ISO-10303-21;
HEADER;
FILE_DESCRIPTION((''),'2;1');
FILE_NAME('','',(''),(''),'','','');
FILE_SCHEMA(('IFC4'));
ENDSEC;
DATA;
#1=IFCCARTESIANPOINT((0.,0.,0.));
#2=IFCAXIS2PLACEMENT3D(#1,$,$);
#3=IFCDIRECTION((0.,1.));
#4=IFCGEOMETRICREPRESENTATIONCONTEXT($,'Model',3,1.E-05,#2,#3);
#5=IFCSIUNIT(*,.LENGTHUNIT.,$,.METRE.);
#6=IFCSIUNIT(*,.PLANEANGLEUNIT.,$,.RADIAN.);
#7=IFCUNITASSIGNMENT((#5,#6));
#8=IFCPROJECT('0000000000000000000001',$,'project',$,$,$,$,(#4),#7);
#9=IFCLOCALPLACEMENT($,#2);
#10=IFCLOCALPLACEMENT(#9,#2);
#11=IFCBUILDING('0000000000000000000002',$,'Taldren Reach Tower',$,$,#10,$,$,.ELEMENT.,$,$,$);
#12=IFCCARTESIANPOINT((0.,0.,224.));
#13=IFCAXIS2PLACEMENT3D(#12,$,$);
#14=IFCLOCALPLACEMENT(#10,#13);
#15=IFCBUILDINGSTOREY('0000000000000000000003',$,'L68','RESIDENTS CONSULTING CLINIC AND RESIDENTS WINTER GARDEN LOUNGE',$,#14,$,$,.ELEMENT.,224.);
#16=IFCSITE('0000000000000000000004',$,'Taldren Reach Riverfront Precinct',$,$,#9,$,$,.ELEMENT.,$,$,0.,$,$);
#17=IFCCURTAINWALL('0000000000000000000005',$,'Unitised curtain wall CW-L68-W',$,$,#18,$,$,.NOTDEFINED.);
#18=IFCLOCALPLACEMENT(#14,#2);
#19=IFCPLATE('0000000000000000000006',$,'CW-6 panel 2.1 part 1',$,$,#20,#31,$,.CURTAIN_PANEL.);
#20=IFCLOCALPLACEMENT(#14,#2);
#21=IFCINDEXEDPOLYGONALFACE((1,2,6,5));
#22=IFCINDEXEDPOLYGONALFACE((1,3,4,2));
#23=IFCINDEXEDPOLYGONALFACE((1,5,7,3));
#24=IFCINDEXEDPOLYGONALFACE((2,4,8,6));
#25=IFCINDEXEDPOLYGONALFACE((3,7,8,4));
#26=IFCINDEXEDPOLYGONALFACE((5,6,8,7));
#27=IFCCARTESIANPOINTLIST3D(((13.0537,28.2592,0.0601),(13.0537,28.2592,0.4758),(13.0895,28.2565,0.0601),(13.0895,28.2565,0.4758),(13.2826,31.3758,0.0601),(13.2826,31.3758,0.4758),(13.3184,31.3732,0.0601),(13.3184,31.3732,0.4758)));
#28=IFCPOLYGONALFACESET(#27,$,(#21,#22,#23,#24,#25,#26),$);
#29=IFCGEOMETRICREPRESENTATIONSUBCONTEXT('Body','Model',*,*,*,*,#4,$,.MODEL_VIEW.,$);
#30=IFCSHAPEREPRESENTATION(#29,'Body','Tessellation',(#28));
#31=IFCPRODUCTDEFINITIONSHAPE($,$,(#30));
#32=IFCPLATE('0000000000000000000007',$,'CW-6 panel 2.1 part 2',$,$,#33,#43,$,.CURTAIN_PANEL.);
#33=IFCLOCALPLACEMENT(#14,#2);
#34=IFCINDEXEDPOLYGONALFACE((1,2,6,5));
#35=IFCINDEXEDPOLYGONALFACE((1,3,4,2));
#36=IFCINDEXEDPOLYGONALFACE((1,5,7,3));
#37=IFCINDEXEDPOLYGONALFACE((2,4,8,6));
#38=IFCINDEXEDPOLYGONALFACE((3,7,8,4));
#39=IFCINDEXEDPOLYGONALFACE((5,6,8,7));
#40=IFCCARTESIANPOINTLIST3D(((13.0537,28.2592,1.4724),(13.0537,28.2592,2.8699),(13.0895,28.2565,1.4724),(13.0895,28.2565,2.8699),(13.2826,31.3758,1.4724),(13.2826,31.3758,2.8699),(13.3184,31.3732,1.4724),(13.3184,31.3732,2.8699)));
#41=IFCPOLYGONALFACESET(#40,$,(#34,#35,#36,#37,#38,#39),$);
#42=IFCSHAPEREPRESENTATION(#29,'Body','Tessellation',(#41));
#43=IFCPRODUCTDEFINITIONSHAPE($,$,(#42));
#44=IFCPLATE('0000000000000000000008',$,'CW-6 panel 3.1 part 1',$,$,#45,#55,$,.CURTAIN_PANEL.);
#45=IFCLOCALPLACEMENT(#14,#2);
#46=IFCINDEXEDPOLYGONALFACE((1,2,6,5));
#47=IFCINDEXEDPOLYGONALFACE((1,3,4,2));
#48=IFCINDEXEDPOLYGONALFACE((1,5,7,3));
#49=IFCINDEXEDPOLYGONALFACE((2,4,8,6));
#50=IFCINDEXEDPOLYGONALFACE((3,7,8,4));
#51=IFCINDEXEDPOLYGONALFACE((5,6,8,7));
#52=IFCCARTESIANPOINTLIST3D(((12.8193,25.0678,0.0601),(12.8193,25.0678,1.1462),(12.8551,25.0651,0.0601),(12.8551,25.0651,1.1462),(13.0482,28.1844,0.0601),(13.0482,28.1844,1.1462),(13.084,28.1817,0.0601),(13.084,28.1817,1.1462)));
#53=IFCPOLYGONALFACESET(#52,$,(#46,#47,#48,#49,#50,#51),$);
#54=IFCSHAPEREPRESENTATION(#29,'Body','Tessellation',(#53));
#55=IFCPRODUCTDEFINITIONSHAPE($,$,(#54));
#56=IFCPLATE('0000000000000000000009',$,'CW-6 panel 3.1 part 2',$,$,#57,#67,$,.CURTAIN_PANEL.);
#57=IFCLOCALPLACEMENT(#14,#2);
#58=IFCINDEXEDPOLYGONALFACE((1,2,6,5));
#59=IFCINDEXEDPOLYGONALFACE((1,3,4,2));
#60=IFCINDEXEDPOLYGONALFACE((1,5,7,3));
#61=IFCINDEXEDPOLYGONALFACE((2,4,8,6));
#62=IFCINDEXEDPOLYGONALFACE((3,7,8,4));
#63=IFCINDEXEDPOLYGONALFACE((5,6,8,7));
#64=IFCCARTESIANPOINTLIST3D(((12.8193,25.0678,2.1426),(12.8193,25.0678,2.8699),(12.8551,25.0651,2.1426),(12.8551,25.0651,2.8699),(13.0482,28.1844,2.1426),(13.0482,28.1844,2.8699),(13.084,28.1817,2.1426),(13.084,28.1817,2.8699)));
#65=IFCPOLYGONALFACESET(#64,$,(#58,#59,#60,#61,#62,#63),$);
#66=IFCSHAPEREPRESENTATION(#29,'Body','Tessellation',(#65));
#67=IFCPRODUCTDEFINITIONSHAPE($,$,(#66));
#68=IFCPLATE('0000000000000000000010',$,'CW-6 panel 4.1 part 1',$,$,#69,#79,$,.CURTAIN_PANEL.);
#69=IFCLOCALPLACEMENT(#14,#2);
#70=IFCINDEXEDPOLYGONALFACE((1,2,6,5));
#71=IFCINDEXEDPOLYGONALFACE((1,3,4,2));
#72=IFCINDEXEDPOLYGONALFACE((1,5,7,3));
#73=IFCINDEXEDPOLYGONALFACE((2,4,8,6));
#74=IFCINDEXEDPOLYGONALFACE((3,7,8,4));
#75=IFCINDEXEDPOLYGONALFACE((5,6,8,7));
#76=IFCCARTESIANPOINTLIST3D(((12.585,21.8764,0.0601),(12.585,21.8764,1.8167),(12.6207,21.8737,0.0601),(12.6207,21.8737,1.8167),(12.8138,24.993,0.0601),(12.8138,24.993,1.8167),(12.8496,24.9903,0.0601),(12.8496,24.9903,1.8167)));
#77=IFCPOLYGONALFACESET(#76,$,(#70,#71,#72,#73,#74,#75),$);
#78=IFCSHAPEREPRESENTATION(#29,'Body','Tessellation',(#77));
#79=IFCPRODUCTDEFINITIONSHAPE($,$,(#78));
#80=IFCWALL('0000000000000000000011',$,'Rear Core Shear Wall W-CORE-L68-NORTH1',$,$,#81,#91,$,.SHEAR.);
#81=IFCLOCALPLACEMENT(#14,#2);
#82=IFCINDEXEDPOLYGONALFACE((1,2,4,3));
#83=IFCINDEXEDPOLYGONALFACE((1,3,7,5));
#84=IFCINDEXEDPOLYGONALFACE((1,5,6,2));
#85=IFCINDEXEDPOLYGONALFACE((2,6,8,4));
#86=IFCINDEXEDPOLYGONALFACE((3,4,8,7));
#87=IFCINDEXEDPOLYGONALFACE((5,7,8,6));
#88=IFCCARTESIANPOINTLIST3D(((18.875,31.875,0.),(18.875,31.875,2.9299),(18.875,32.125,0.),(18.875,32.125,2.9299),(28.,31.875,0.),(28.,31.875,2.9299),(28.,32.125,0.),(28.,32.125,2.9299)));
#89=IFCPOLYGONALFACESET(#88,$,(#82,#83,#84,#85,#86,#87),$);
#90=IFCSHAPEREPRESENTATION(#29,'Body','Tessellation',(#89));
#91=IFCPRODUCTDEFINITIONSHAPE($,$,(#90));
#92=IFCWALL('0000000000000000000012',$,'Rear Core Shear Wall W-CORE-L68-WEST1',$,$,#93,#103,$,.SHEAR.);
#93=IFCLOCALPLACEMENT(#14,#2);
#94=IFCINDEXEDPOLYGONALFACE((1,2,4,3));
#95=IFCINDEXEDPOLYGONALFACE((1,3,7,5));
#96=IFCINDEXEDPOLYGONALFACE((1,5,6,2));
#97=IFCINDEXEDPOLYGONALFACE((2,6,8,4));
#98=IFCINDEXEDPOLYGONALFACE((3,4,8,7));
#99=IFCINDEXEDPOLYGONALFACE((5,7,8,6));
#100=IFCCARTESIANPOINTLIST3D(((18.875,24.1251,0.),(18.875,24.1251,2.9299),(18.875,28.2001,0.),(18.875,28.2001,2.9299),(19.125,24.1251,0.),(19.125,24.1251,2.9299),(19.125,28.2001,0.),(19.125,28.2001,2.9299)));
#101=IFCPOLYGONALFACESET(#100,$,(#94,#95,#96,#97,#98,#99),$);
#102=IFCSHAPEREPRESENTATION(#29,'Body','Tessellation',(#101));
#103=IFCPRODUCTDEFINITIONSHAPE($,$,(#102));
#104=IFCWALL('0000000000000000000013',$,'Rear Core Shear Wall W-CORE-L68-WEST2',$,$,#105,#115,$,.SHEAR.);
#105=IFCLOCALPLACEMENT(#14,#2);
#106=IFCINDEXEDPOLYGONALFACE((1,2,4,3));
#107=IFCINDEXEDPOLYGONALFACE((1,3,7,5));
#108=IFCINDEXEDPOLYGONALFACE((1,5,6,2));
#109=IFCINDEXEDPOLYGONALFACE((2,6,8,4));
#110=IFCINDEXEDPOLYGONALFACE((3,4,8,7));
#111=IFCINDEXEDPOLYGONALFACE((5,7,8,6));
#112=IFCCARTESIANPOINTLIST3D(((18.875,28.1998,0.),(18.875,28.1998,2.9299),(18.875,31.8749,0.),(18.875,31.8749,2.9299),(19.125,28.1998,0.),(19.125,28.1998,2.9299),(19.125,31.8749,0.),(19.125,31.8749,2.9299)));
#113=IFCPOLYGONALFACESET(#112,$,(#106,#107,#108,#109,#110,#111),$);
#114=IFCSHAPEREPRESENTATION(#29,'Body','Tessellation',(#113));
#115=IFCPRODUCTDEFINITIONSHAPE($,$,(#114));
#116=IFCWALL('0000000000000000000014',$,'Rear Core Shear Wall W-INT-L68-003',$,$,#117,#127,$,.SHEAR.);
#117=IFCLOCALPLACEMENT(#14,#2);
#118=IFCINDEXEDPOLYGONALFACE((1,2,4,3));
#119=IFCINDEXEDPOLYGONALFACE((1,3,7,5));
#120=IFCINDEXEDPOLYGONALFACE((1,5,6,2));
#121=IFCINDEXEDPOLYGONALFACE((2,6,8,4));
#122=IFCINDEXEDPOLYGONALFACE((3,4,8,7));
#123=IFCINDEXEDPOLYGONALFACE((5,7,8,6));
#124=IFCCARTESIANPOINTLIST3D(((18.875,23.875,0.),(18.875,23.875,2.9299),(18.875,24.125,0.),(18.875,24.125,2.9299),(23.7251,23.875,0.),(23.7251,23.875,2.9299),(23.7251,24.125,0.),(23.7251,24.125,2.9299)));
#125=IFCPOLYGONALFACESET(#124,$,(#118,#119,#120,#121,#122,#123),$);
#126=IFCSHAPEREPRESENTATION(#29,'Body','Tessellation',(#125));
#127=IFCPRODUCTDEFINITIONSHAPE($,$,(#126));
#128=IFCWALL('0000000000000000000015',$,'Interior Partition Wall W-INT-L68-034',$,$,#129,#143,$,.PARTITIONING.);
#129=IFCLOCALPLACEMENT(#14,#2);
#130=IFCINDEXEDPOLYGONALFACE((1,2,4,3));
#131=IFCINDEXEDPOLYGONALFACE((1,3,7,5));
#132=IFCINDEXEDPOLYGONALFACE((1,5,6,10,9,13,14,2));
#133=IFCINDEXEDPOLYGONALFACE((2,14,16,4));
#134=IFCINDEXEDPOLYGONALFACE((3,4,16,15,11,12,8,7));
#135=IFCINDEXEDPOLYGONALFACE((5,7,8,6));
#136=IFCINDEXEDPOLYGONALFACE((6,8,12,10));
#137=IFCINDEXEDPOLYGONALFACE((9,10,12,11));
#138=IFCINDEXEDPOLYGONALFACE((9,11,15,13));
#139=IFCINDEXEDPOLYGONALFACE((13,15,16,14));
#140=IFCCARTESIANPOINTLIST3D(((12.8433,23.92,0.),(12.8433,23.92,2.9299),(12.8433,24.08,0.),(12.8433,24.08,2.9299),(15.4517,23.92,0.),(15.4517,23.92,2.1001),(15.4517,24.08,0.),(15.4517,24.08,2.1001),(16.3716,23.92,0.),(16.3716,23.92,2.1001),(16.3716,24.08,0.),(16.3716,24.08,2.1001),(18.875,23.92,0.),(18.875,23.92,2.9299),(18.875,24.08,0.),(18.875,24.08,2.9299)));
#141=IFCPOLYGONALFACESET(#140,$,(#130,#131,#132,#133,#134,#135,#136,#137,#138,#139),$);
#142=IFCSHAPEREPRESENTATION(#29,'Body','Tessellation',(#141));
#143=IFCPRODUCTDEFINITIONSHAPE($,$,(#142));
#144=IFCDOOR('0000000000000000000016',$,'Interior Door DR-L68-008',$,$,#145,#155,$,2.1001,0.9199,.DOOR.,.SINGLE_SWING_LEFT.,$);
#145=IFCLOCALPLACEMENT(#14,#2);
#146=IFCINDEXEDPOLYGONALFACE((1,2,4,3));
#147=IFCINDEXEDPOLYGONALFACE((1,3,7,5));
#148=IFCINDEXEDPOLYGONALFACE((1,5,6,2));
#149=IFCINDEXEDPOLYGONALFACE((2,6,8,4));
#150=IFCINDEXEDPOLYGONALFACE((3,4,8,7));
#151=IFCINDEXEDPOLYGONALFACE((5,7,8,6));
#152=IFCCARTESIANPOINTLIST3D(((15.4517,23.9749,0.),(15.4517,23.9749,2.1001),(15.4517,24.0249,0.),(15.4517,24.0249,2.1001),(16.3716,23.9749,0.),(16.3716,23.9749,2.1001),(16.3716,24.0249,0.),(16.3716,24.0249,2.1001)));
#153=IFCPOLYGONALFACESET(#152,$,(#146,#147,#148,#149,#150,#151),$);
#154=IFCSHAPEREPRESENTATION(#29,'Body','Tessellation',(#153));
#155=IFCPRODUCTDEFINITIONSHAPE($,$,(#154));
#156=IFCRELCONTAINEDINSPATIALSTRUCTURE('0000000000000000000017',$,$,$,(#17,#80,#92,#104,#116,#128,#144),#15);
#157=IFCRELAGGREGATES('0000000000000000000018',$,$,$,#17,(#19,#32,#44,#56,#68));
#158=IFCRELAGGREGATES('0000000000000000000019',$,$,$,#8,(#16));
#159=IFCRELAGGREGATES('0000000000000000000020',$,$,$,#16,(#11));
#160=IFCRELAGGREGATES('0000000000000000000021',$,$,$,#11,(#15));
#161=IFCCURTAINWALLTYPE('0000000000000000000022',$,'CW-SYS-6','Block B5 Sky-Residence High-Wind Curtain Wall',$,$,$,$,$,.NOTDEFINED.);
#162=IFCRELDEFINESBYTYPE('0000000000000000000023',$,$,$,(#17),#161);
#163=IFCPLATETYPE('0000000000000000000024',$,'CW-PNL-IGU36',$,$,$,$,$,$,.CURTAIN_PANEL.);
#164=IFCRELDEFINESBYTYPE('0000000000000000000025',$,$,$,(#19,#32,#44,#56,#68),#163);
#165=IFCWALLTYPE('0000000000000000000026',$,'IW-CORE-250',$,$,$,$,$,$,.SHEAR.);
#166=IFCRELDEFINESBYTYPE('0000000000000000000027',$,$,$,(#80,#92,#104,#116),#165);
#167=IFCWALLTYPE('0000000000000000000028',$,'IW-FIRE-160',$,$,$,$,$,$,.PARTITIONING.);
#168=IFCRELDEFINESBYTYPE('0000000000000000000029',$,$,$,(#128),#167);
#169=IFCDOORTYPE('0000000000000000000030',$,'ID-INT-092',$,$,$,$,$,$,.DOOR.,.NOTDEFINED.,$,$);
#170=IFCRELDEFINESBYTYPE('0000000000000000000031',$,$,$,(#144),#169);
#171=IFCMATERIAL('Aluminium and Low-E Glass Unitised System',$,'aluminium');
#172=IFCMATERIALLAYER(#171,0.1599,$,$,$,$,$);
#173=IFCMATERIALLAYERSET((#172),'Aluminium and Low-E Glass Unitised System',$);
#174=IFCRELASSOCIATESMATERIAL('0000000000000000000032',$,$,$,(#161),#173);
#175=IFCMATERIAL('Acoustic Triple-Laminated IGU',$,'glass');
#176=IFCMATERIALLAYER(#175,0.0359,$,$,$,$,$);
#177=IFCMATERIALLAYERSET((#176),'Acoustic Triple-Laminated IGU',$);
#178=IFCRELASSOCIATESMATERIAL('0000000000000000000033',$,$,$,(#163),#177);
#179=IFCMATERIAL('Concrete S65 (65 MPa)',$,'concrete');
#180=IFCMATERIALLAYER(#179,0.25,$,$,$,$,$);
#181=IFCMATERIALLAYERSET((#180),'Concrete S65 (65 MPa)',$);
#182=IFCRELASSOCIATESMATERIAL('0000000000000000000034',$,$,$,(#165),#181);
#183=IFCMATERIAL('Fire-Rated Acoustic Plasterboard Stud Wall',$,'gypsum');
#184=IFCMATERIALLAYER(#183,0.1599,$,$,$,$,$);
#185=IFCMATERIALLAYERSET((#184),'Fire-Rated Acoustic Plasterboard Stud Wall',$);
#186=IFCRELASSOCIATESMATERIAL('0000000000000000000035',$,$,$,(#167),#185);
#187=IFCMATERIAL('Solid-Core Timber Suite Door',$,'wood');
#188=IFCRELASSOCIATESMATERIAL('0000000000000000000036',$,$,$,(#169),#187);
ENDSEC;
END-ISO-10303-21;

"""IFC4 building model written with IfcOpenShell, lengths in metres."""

from ifc_helpers import new_model, si_unit, direction, frame, frame_2d, origin, origin_2d, place, context, subcontext, project, spatial, rectangle, extrude, source, transform, mapped, material, layer, layer_set, type_object, element, fill, aggregate, save


model = new_model("IFC4")

# Units and contexts
model_context = context("Model", 3, precision=1e-05, world=origin(), true_north=direction((0.0, 1.0)))
body_context = subcontext(model_context, "Body", "Model", "MODEL_VIEW")
ifc_project = project(units=[si_unit("LENGTHUNIT", "METRE"), si_unit("PLANEANGLEUNIT", "RADIAN")], contexts=[model_context])

# Site, building, storey
site_placement = place(None, origin())
site = spatial("IfcSite", under=ifc_project, at=site_placement, Name="Taldren Reach Riverfront Precinct", CompositionType="ELEMENT", RefElevation=0.0)
building_placement = place(site_placement, origin())
building = spatial("IfcBuilding", under=site, at=building_placement, Name="Taldren Reach Tower", CompositionType="ELEMENT")
storey_placement = place(building_placement, frame((0.0, 0.0, 224.0)))
storey = spatial("IfcBuildingStorey", under=building, at=storey_placement, Name="L68", Description="RESIDENTS CONSULTING CLINIC AND RESIDENTS WINTER GARDEN LOUNGE", CompositionType="ELEMENT", Elevation=224.0)

# Curtain wall
ifc_material_1 = material(Name="Aluminium and Low-E Glass Unitised System", Category="aluminium")
ifc_layer_1 = layer(ifc_material_1, 0.1599)
ifc_layer_set_1 = layer_set([ifc_layer_1], Name="Aluminium and Low-E Glass Unitised System")
curtain_wall_type = type_object("IfcCurtainWallType", Name="CW-SYS-6", Description="Block B5 Sky-Residence High-Wind Curtain Wall", PredefinedType="NOTDEFINED", material=ifc_layer_set_1)
curtain_wall_placement = place(storey_placement, origin())
curtain_wall = element("IfcCurtainWall", 1, at=curtain_wall_placement, inside=storey, type_object=curtain_wall_type, Name="Unitised curtain wall CW-L68-W", PredefinedType="NOTDEFINED")

# Plates
ifc_material_2 = material(Name="Acoustic Triple-Laminated IGU", Category="glass")
ifc_layer_2 = layer(ifc_material_2, 0.0359)
ifc_layer_set_2 = layer_set([ifc_layer_2], Name="Acoustic Triple-Laminated IGU")
plate_type_1 = type_object("IfcPlateType", Name="CW-PNL-IGU36", PredefinedType="CURTAIN_PANEL", material=ifc_layer_set_2)
shared_shape_1 = source(origin(), body_context, "Body", "SweptSolid", [
    extrude(rectangle(XDim=3.125, YDim=0.0359, at=origin_2d()), origin(), (0.0, 0.0, 1.0), 0.4158),
])
plate_1_placement = place(storey_placement, frame((13.186, 29.8162, 0.0601), z_axis=(0.0, 0.0, 1.0), x_axis=(-0.073238, -0.997314, 0.0)))
plate_1 = element("IfcPlate", 2, at=plate_1_placement, type_object=plate_type_1, Name="CW-6 panel 2.1 part 1", PredefinedType="CURTAIN_PANEL", context=body_context, shape_type="MappedRepresentation", body=[
    mapped(shared_shape_1, transform((0.0, 0.0, 0.0), scale=1.0)),
])
shared_shape_2 = source(origin(), body_context, "Body", "SweptSolid", [
    extrude(rectangle(XDim=3.125, YDim=0.0359, at=origin_2d()), origin(), (0.0, 0.0, 1.0), 1.3975),
])
plate_2_placement = place(storey_placement, frame((13.186, 29.8162, 1.4724), z_axis=(0.0, 0.0, 1.0), x_axis=(-0.073238, -0.997314, 0.0)))
plate_2 = element("IfcPlate", 3, at=plate_2_placement, type_object=plate_type_1, Name="CW-6 panel 2.1 part 2", PredefinedType="CURTAIN_PANEL", context=body_context, shape_type="MappedRepresentation", body=[
    mapped(shared_shape_2, transform((0.0, 0.0, 0.0), scale=1.0)),
])
shared_shape_3 = source(origin(), body_context, "Body", "SweptSolid", [
    extrude(rectangle(XDim=3.125, YDim=0.0359, at=origin_2d()), origin(), (0.0, 0.0, 1.0), 1.0862),
])
plate_3_placement = place(storey_placement, frame((12.9517, 26.6248, 0.0601), z_axis=(0.0, 0.0, 1.0), x_axis=(-0.073238, -0.997314, 0.0)))
plate_3 = element("IfcPlate", 4, at=plate_3_placement, type_object=plate_type_1, Name="CW-6 panel 3.1 part 1", PredefinedType="CURTAIN_PANEL", context=body_context, shape_type="MappedRepresentation", body=[
    mapped(shared_shape_3, transform((0.0, 0.0, 0.0), scale=1.0)),
])
shared_shape_4 = source(origin(), body_context, "Body", "SweptSolid", [
    extrude(rectangle(XDim=3.125, YDim=0.0359, at=origin_2d()), origin(), (0.0, 0.0, 1.0), 0.7273),
])
plate_4_placement = place(storey_placement, frame((12.9517, 26.6248, 2.1426), z_axis=(0.0, 0.0, 1.0), x_axis=(-0.073238, -0.997314, 0.0)))
plate_4 = element("IfcPlate", 5, at=plate_4_placement, type_object=plate_type_1, Name="CW-6 panel 3.1 part 2", PredefinedType="CURTAIN_PANEL", context=body_context, shape_type="MappedRepresentation", body=[
    mapped(shared_shape_4, transform((0.0, 0.0, 0.0), scale=1.0)),
])
shared_shape_5 = source(origin(), body_context, "Body", "SweptSolid", [
    extrude(rectangle(XDim=3.125, YDim=0.0359, at=origin_2d()), origin(), (0.0, 0.0, 1.0), 1.7566),
])
plate_5_placement = place(storey_placement, frame((12.7173, 23.4333, 0.0601), z_axis=(0.0, 0.0, 1.0), x_axis=(-0.073238, -0.997314, 0.0)))
plate_5 = element("IfcPlate", 6, at=plate_5_placement, type_object=plate_type_1, Name="CW-6 panel 4.1 part 1", PredefinedType="CURTAIN_PANEL", context=body_context, shape_type="MappedRepresentation", body=[
    mapped(shared_shape_5, transform((0.0, 0.0, 0.0), scale=1.0)),
])
aggregate(curtain_wall, [plate_1, plate_2, plate_3, plate_4, plate_5])

# Walls
ifc_material_3 = material(Name="Concrete S65 (65 MPa)", Category="concrete")
ifc_layer_3 = layer(ifc_material_3, 0.25)
ifc_layer_set_3 = layer_set([ifc_layer_3], Name="Concrete S65 (65 MPa)")
wall_type_1 = type_object("IfcWallType", Name="IW-CORE-250", PredefinedType="SHEAR", material=ifc_layer_set_3)
shared_shape_6 = source(origin(), body_context, "Body", "SweptSolid", [
    extrude(rectangle(XDim=9.125, YDim=0.25, at=frame_2d((4.5625, 0.0))), origin(), (0.0, 0.0, 1.0), 2.9299),
])
wall_1_placement = place(storey_placement, frame((18.875, 32.0, 0.0), z_axis=(0.0, 0.0, 1.0), x_axis=(1.0, 0.0, 0.0)))
element("IfcWall", 7, at=wall_1_placement, inside=storey, type_object=wall_type_1, Name="Rear Core Shear Wall W-CORE-L68-NORTH1", PredefinedType="SHEAR", context=body_context, shape_type="MappedRepresentation", body=[
    mapped(shared_shape_6, transform((0.0, 0.0, 0.0), scale=1.0)),
])
shared_shape_7 = source(origin(), body_context, "Body", "SweptSolid", [
    extrude(rectangle(XDim=4.075, YDim=0.25, at=frame_2d((2.0376, 0.0))), origin(), (0.0, 0.0, 1.0), 2.9299),
])
wall_2_placement = place(storey_placement, frame((19.0, 24.125, 0.0), z_axis=(0.0, 0.0, 1.0), x_axis=(0.0, 1.0, 0.0)))
element("IfcWall", 8, at=wall_2_placement, inside=storey, type_object=wall_type_1, Name="Rear Core Shear Wall W-CORE-L68-WEST1", PredefinedType="SHEAR", context=body_context, shape_type="MappedRepresentation", body=[
    mapped(shared_shape_7, transform((0.0, 0.0, 0.0), scale=1.0)),
])
shared_shape_8 = source(origin(), body_context, "Body", "SweptSolid", [
    extrude(rectangle(XDim=3.675, YDim=0.25, at=frame_2d((1.8374, 0.0))), origin(), (0.0, 0.0, 1.0), 2.9299),
])
wall_3_placement = place(storey_placement, frame((19.0, 28.2, 0.0), z_axis=(0.0, 0.0, 1.0), x_axis=(0.0, 1.0, 0.0)))
element("IfcWall", 9, at=wall_3_placement, inside=storey, type_object=wall_type_1, Name="Rear Core Shear Wall W-CORE-L68-WEST2", PredefinedType="SHEAR", context=body_context, shape_type="MappedRepresentation", body=[
    mapped(shared_shape_8, transform((0.0, 0.0, 0.0), scale=1.0)),
])
shared_shape_9 = source(origin(), body_context, "Body", "SweptSolid", [
    extrude(rectangle(XDim=4.8501, YDim=0.25, at=frame_2d((2.425, 0.0))), origin(), (0.0, 0.0, 1.0), 2.9299),
])
wall_4_placement = place(storey_placement, frame((18.875, 24.0, 0.0), z_axis=(0.0, 0.0, 1.0), x_axis=(1.0, 0.0, 0.0)))
element("IfcWall", 10, at=wall_4_placement, inside=storey, type_object=wall_type_1, Name="Rear Core Shear Wall W-INT-L68-003", PredefinedType="SHEAR", context=body_context, shape_type="MappedRepresentation", body=[
    mapped(shared_shape_9, transform((0.0, 0.0, 0.0), scale=1.0)),
])

# Wall, opening, door
ifc_material_4 = material(Name="Fire-Rated Acoustic Plasterboard Stud Wall", Category="gypsum")
ifc_layer_4 = layer(ifc_material_4, 0.1599)
ifc_layer_set_4 = layer_set([ifc_layer_4], Name="Fire-Rated Acoustic Plasterboard Stud Wall")
wall_type_2 = type_object("IfcWallType", Name="IW-FIRE-160", PredefinedType="PARTITIONING", material=ifc_layer_set_4)
shared_shape_10 = source(origin(), body_context, "Body", "SweptSolid", [
    extrude(rectangle(XDim=6.0317, YDim=0.1599, at=frame_2d((3.0159, 0.0))), origin(), (0.0, 0.0, 1.0), 2.9299),
])
wall_5_placement = place(storey_placement, frame((12.8433, 24.0, 0.0), z_axis=(0.0, 0.0, 1.0), x_axis=(1.0, 0.0, 0.0)))
wall_5 = element("IfcWall", 11, at=wall_5_placement, inside=storey, type_object=wall_type_2, Name="Interior Partition Wall W-INT-L68-034", PredefinedType="PARTITIONING", context=body_context, shape_type="MappedRepresentation", body=[
    mapped(shared_shape_10, transform((0.0, 0.0, 0.0), scale=1.0)),
])
shared_shape_11 = source(origin(), body_context, "Body", "SweptSolid", [
    extrude(rectangle(XDim=0.9199, YDim=2.1001, at=frame_2d((0.46, 1.05))), frame((0.0, 0.0898, 0.0), z_axis=(0.0, -1.0, 0.0), x_axis=(1.0, 0.0, 0.0)), (0.0, 0.0, 1.0), 0.1799),
])
opening_placement = place(wall_5_placement, frame((2.6084, 0.0, 0.0)))
opening = element("IfcOpeningElement", 12, at=opening_placement, cuts=wall_5, PredefinedType="OPENING", context=body_context, shape_type="MappedRepresentation", body=[
    mapped(shared_shape_11, transform((0.0, 0.0, 0.0), scale=1.0)),
])
ifc_material_5 = material(Name="Solid-Core Timber Suite Door", Category="wood")
door_type = type_object("IfcDoorType", Name="ID-INT-092", OperationType="NOTDEFINED", PredefinedType="DOOR", material=ifc_material_5)
shared_shape_12 = source(origin(), body_context, "Body", "SweptSolid", [
    extrude(rectangle(XDim=0.9199, YDim=2.1001, at=frame_2d((0.46, 1.05))), frame((0.0, 0.0249, 0.0), z_axis=(0.0, -1.0, 0.0), x_axis=(1.0, 0.0, 0.0)), (0.0, 0.0, 1.0), 0.05),
])
door_placement = place(opening_placement, origin())
door = element("IfcDoor", 13, at=door_placement, inside=storey, type_object=door_type, Name="Interior Door DR-L68-008", OperationType="SINGLE_SWING_LEFT", OverallHeight=2.1001, OverallWidth=0.9199, PredefinedType="DOOR", context=body_context, shape_type="MappedRepresentation", body=[
    mapped(shared_shape_12, transform((0.0, 0.0, 0.0), scale=1.0)),
])
fill(opening, door)

save(model, "model.ifc")
